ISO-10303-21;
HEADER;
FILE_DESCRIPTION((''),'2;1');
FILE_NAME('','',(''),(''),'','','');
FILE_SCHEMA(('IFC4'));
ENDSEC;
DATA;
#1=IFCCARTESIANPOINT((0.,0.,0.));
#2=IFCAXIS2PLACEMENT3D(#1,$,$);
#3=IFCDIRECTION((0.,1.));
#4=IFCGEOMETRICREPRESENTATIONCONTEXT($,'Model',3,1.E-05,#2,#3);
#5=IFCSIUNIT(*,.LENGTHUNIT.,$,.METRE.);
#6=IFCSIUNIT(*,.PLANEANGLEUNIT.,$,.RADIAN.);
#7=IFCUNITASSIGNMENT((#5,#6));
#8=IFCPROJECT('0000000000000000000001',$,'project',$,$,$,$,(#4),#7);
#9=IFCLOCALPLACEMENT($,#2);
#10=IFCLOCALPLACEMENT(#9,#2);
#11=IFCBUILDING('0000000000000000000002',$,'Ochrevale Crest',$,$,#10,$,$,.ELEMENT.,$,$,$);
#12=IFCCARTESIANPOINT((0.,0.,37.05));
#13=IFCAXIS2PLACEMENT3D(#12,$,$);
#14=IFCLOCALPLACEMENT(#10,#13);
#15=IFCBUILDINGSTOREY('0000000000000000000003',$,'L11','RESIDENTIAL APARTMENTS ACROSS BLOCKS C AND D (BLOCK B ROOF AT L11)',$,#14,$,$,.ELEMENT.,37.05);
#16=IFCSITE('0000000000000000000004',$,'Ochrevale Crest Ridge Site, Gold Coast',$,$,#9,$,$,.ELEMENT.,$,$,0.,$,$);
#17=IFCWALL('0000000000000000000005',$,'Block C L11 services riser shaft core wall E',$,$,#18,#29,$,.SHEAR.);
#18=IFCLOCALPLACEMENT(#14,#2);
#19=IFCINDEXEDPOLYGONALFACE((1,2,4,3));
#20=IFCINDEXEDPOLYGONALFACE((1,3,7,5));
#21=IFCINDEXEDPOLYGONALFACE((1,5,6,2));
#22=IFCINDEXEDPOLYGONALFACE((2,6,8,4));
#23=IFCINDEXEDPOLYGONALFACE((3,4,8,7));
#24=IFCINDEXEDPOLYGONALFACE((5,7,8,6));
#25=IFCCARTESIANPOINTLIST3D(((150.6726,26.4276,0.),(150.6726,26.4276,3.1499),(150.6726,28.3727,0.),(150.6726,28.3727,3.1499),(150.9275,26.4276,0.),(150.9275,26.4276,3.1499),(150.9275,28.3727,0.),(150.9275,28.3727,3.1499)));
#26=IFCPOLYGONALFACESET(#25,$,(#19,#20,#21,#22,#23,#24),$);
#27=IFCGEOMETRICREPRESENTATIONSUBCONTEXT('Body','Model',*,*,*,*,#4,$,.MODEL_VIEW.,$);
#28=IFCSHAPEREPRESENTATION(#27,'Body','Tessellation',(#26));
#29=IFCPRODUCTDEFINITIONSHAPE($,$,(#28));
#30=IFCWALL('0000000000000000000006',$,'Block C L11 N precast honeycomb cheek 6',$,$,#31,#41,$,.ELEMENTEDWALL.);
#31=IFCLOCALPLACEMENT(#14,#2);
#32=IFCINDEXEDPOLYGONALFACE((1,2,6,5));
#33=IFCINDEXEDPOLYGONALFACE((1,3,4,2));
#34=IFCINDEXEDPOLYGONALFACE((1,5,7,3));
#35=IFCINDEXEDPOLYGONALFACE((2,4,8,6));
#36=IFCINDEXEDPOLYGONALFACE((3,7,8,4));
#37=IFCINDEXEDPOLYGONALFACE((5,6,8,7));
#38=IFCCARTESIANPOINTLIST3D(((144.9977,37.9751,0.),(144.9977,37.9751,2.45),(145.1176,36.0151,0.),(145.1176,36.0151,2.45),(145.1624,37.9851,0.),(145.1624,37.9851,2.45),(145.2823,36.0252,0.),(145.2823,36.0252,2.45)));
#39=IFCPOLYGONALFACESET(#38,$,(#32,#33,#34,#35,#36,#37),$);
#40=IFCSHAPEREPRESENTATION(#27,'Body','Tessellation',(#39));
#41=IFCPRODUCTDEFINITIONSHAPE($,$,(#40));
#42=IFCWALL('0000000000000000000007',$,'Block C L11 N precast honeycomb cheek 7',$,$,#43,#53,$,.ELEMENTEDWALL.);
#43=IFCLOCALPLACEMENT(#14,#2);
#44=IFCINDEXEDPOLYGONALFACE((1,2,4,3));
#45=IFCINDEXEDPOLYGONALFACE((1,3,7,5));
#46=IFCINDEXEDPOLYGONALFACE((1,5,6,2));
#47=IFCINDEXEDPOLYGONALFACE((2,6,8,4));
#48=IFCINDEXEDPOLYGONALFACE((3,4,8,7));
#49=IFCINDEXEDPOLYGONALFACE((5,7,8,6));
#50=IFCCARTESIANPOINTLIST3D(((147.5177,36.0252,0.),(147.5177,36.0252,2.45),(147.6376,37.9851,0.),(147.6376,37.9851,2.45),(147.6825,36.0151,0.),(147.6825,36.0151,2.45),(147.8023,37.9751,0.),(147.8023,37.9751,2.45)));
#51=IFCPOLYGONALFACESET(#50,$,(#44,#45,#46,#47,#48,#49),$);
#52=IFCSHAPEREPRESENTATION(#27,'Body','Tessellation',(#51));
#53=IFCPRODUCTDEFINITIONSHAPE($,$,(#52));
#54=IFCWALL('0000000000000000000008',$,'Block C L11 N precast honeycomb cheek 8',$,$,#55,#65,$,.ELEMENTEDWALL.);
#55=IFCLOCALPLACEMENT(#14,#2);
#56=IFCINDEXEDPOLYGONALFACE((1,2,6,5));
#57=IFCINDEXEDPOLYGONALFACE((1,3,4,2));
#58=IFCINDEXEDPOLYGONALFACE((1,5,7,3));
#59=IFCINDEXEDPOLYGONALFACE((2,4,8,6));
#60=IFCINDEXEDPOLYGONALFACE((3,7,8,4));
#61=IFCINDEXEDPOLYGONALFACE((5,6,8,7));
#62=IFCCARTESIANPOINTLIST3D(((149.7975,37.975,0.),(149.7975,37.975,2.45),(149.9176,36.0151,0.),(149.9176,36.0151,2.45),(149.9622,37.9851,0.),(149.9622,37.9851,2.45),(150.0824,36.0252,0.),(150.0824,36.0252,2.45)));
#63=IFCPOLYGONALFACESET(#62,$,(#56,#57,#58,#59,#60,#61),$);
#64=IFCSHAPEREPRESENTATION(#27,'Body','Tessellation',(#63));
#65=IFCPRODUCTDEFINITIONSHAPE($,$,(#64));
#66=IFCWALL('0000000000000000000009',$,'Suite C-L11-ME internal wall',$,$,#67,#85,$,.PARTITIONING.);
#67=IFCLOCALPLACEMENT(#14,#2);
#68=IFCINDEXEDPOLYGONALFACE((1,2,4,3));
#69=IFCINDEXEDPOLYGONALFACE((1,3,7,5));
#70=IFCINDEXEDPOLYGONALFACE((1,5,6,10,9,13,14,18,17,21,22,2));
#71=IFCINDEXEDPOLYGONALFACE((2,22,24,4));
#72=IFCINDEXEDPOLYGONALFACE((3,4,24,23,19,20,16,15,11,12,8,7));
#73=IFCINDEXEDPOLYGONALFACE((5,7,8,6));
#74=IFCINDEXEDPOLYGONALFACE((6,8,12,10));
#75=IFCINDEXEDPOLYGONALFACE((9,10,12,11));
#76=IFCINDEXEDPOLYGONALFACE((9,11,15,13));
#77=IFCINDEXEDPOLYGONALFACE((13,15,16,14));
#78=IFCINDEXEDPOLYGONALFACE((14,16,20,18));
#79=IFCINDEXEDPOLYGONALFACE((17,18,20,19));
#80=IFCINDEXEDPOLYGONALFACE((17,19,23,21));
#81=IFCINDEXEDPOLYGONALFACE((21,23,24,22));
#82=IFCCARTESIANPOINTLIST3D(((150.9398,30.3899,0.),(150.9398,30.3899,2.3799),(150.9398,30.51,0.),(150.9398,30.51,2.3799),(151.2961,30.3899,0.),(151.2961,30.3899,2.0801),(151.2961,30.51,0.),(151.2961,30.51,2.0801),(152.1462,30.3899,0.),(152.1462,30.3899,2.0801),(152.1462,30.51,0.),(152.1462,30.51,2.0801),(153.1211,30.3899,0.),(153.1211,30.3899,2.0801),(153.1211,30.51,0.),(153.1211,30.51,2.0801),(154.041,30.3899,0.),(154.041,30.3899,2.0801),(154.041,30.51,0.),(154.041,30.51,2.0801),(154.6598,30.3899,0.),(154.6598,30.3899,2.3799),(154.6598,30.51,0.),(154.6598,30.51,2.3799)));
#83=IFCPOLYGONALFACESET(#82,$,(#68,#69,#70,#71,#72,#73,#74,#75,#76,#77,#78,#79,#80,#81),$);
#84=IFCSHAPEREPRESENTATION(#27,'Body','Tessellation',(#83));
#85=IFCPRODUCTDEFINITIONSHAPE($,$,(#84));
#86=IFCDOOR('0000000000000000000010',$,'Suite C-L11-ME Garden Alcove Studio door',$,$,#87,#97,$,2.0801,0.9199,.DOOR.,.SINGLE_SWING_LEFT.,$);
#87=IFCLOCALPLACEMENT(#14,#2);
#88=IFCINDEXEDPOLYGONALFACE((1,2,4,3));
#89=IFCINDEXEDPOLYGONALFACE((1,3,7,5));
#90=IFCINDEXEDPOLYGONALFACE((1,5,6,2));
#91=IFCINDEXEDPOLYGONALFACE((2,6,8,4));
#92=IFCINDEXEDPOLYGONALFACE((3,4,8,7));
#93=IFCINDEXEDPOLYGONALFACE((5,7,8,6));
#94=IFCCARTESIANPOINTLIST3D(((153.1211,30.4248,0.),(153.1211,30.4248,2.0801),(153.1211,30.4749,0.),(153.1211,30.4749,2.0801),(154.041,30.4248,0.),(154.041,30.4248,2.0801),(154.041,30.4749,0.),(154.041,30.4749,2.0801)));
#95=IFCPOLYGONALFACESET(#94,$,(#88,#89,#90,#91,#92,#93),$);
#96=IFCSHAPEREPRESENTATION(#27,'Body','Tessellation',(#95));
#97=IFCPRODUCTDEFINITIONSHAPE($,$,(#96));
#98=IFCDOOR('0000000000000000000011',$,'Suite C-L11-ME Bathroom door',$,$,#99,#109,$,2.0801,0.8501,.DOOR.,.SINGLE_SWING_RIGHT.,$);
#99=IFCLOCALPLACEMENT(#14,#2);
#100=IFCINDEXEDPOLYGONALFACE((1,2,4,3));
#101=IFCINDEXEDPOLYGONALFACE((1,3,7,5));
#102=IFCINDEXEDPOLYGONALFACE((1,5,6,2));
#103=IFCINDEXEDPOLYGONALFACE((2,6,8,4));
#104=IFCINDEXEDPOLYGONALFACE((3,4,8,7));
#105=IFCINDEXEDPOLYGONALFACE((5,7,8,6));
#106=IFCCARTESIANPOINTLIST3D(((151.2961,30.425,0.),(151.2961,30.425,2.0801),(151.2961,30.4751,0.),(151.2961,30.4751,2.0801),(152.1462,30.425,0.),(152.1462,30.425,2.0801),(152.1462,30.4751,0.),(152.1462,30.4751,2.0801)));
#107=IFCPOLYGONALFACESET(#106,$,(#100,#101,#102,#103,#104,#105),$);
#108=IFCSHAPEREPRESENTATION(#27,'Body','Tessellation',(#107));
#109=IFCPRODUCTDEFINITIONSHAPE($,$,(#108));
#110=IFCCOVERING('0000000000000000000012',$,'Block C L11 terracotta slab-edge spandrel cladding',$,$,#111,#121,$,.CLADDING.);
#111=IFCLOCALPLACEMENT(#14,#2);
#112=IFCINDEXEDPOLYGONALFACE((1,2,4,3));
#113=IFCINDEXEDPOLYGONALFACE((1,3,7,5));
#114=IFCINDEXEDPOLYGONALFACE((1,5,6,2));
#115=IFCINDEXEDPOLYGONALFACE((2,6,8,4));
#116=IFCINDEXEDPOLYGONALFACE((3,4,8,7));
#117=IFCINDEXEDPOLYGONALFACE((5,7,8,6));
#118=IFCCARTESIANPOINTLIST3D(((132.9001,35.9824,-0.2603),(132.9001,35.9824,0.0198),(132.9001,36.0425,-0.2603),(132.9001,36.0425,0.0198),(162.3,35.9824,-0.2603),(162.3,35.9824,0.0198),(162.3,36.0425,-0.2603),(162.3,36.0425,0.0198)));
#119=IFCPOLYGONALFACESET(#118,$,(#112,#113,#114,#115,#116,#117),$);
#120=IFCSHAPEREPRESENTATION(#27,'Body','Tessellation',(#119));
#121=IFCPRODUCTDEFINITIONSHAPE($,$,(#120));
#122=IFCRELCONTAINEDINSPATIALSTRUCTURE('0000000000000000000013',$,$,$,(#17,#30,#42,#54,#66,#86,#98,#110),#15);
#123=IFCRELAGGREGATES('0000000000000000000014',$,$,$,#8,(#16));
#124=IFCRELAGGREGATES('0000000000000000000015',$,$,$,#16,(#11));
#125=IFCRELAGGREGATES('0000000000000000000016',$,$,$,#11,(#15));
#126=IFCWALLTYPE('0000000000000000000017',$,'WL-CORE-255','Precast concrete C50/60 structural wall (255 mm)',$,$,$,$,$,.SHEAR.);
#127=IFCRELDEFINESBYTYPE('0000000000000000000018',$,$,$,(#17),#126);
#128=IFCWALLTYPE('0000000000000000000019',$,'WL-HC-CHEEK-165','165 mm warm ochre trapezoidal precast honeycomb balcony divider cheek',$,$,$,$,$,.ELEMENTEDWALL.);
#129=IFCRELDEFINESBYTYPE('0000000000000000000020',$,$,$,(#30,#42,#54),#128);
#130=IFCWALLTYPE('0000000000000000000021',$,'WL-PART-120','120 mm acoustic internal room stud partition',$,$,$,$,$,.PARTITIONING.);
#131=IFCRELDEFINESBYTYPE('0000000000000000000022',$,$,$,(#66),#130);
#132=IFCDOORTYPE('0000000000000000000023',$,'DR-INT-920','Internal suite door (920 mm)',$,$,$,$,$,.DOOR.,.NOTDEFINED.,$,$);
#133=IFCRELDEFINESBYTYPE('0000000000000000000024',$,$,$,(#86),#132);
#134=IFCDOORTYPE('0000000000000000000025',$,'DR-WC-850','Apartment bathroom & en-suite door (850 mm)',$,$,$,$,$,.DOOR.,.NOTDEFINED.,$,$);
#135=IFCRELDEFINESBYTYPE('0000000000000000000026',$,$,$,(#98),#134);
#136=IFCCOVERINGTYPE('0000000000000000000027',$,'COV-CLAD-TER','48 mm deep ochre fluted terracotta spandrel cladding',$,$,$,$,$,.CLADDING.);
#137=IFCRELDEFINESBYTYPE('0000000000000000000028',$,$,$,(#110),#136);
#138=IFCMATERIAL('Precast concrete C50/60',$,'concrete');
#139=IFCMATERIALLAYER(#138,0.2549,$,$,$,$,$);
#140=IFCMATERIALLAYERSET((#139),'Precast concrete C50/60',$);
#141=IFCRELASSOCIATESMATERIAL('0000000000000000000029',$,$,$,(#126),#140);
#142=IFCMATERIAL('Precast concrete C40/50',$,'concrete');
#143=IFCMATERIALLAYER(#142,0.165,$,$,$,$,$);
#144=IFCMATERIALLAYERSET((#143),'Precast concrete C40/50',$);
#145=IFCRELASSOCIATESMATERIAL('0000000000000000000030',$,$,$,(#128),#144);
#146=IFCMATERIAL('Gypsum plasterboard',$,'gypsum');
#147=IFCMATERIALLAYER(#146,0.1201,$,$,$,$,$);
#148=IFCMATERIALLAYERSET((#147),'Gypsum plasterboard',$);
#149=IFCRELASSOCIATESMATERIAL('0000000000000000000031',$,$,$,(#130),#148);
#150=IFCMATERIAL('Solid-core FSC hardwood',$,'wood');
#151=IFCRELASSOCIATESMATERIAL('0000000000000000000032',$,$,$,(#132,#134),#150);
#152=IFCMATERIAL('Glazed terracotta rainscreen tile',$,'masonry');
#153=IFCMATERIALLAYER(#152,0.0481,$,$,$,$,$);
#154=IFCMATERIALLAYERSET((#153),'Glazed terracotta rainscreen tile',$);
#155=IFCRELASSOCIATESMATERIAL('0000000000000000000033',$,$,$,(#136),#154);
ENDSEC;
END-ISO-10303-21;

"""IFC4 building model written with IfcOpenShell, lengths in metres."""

from ifc_helpers import new_model, si_unit, direction, frame, frame_2d, origin, origin_2d, place, context, subcontext, project, spatial, rectangle, extrude, material, layer, layer_set, type_object, element, fill, save


model = new_model("IFC4")

# Units and contexts
model_context = context("Model", 3, precision=1e-05, world=origin(), true_north=direction((0.0, 1.0)))
body_context = subcontext(model_context, "Body", "Model", "MODEL_VIEW")
ifc_project = project(units=[si_unit("LENGTHUNIT", "METRE"), si_unit("PLANEANGLEUNIT", "RADIAN")], contexts=[model_context])

# Site, building, storey
site_placement = place(None, origin())
site = spatial("IfcSite", under=ifc_project, at=site_placement, Name="Ochrevale Crest Ridge Site, Gold Coast", CompositionType="ELEMENT", RefElevation=0.0)
building_placement = place(site_placement, origin())
building = spatial("IfcBuilding", under=site, at=building_placement, Name="Ochrevale Crest", CompositionType="ELEMENT")
storey_placement = place(building_placement, frame((0.0, 0.0, 37.05)))
storey = spatial("IfcBuildingStorey", under=building, at=storey_placement, Name="L11", Description="RESIDENTIAL APARTMENTS ACROSS BLOCKS C AND D (BLOCK B ROOF AT L11)", CompositionType="ELEMENT", Elevation=37.05)

# Shared definitions
ifc_material_1 = material(Name="Precast concrete C40/50", Category="concrete")

# Shared definitions
ifc_material_2 = material(Name="Gypsum plasterboard", Category="gypsum")
ifc_material_3 = material(Name="Solid-core FSC hardwood", Category="wood")
ifc_material_4 = material(Name="Precast concrete C50/60", Category="concrete")
ifc_layer_1 = layer(ifc_material_4, 0.2549)
ifc_layer_set_1 = layer_set([ifc_layer_1], Name="Precast concrete C50/60")
wall_type_1 = type_object("IfcWallType", Name="WL-CORE-255", Description="Precast concrete C50/60 structural wall (255 mm)", PredefinedType="SHEAR", material=ifc_layer_set_1)

# Walls
wall_1_placement = place(storey_placement, frame((150.8, 26.4275, 0.0), z_axis=(0.0, 0.0, 1.0), x_axis=(0.0, 1.0, 0.0)))
element("IfcWall", 1, at=wall_1_placement, inside=storey, type_object=wall_type_1, Name="Block C L11 services riser shaft core wall E", PredefinedType="SHEAR", context=body_context, shape_type="SweptSolid", body=[
    extrude(rectangle(XDim=1.9451, YDim=0.2549, at=frame_2d((0.9727, 0.0))), origin(), (0.0, 0.0, 1.0), 3.1499),
])
ifc_layer_2 = layer(ifc_material_1, 0.165)
ifc_layer_set_2 = layer_set([ifc_layer_2], Name="Precast concrete C40/50")
wall_type_2 = type_object("IfcWallType", Name="WL-HC-CHEEK-165", Description="165 mm warm ochre trapezoidal precast honeycomb balcony divider cheek", PredefinedType="ELEMENTEDWALL", material=ifc_layer_set_2)
for number, where, z_axis, x_axis, name in (
    (2, (145.2, 36.02, 0.0), (0.0, 0.0, 1.0), (-0.061047, 0.998135, 0.0), "Block C L11 N precast honeycomb cheek 6"),
    (3, (147.6001, 36.02, 0.0), (0.0, 0.0, 1.0), (0.061047, 0.998135, 0.0), "Block C L11 N precast honeycomb cheek 7"),
    (4, (150.0, 36.02, 0.0), (0.0, 0.0, 1.0), (-0.061171, 0.998127, 0.0), "Block C L11 N precast honeycomb cheek 8"),
):
    element("IfcWall", number, at=place(storey_placement, frame(where, z_axis=z_axis, x_axis=x_axis)), inside=storey, type_object=wall_type_2, Name=name, PredefinedType="ELEMENTEDWALL", context=body_context, shape_type="SweptSolid", body=[
        extrude(rectangle(XDim=1.9636, YDim=0.165, at=frame_2d((0.9819, 0.0))), origin(), (0.0, 0.0, 1.0), 2.45),
    ])

# Wall, openings, doors
ifc_layer_3 = layer(ifc_material_2, 0.1201)
ifc_layer_set_3 = layer_set([ifc_layer_3], Name="Gypsum plasterboard")
wall_type_3 = type_object("IfcWallType", Name="WL-PART-120", Description="120 mm acoustic internal room stud partition", PredefinedType="PARTITIONING", material=ifc_layer_set_3)
wall_2_placement = place(storey_placement, frame((150.9399, 30.45, 0.0), z_axis=(0.0, 0.0, 1.0), x_axis=(1.0, 0.0, 0.0)))
wall_2 = element("IfcWall", 5, at=wall_2_placement, inside=storey, type_object=wall_type_3, Name="Suite C-L11-ME internal wall", PredefinedType="PARTITIONING", context=body_context, shape_type="SweptSolid", body=[
    extrude(rectangle(XDim=3.72, YDim=0.1201, at=frame_2d((1.8599, 0.0))), origin(), (0.0, 0.0, 1.0), 2.3799),
])
opening_1_placement = place(wall_2_placement, frame((1.2063, 0.0, 0.0), z_axis=(0.0, 0.0, 1.0), x_axis=(-1.0, 0.0, 0.0)))
opening_1 = element("IfcOpeningElement", 6, at=opening_1_placement, cuts=wall_2, PredefinedType="OPENING", context=body_context, shape_type="SweptSolid", body=[
    extrude(rectangle(XDim=0.8501, YDim=2.0801, at=frame_2d((0.425, 1.04))), frame((0.0, 0.0701, 0.0), z_axis=(0.0, -1.0, 0.0), x_axis=(1.0, 0.0, 0.0)), (0.0, 0.0, 1.0), 0.1401),
])
opening_2_placement = place(wall_2_placement, frame((2.1812, 0.0, 0.0)))
opening_2 = element("IfcOpeningElement", 7, at=opening_2_placement, cuts=wall_2, PredefinedType="OPENING", context=body_context, shape_type="SweptSolid", body=[
    extrude(rectangle(XDim=0.9199, YDim=2.0801, at=frame_2d((0.46, 1.04))), frame((0.0, 0.0701, 0.0), z_axis=(0.0, -1.0, 0.0), x_axis=(1.0, 0.0, 0.0)), (0.0, 0.0, 1.0), 0.1401),
])
door_type_1 = type_object("IfcDoorType", Name="DR-INT-920", Description="Internal suite door (920 mm)", OperationType="NOTDEFINED", PredefinedType="DOOR", material=ifc_material_3)
door_1_placement = place(opening_2_placement, origin())
door_1 = element("IfcDoor", 8, at=door_1_placement, inside=storey, type_object=door_type_1, Name="Suite C-L11-ME Garden Alcove Studio door", OperationType="SINGLE_SWING_LEFT", OverallHeight=2.0801, OverallWidth=0.9199, PredefinedType="DOOR", context=body_context, shape_type="SweptSolid", body=[
    extrude(rectangle(XDim=0.9199, YDim=2.0801, at=frame_2d((0.46, 1.04))), frame((0.0, 0.0249, 0.0), z_axis=(0.0, -1.0, 0.0), x_axis=(1.0, 0.0, 0.0)), (0.0, 0.0, 1.0), 0.05),
])
fill(opening_2, door_1)
door_type_2 = type_object("IfcDoorType", Name="DR-WC-850", Description="Apartment bathroom & en-suite door (850 mm)", OperationType="NOTDEFINED", PredefinedType="DOOR", material=ifc_material_3)
door_2_placement = place(opening_1_placement, origin())
door_2 = element("IfcDoor", 9, at=door_2_placement, inside=storey, type_object=door_type_2, Name="Suite C-L11-ME Bathroom door", OperationType="SINGLE_SWING_RIGHT", OverallHeight=2.0801, OverallWidth=0.8501, PredefinedType="DOOR", context=body_context, shape_type="SweptSolid", body=[
    extrude(rectangle(XDim=0.8501, YDim=2.0801, at=frame_2d((0.425, 1.04))), frame((0.0, 0.0249, 0.0), z_axis=(0.0, -1.0, 0.0), x_axis=(1.0, 0.0, 0.0)), (0.0, 0.0, 1.0), 0.05),
])
fill(opening_1, door_2)

# Covering
ifc_material_5 = material(Name="Glazed terracotta rainscreen tile", Category="masonry")
ifc_layer_4 = layer(ifc_material_5, 0.0481)
ifc_layer_set_4 = layer_set([ifc_layer_4], Name="Glazed terracotta rainscreen tile")
covering_type = type_object("IfcCoveringType", Name="COV-CLAD-TER", Description="48 mm deep ochre fluted terracotta spandrel cladding", PredefinedType="CLADDING", material=ifc_layer_set_4)
covering_placement = place(storey_placement, frame((147.6001, 36.0125, -0.2603), z_axis=(0.0, 0.0, 1.0), x_axis=(-1.0, 0.0, 0.0)))
element("IfcCovering", 10, at=covering_placement, inside=storey, type_object=covering_type, Name="Block C L11 terracotta slab-edge spandrel cladding", PredefinedType="CLADDING", context=body_context, shape_type="SweptSolid", body=[
    extrude(rectangle(XDim=29.3999, YDim=0.0601, at=origin_2d()), origin(), (0.0, 0.0, 1.0), 0.28),
])

save(model, "model.ifc")
